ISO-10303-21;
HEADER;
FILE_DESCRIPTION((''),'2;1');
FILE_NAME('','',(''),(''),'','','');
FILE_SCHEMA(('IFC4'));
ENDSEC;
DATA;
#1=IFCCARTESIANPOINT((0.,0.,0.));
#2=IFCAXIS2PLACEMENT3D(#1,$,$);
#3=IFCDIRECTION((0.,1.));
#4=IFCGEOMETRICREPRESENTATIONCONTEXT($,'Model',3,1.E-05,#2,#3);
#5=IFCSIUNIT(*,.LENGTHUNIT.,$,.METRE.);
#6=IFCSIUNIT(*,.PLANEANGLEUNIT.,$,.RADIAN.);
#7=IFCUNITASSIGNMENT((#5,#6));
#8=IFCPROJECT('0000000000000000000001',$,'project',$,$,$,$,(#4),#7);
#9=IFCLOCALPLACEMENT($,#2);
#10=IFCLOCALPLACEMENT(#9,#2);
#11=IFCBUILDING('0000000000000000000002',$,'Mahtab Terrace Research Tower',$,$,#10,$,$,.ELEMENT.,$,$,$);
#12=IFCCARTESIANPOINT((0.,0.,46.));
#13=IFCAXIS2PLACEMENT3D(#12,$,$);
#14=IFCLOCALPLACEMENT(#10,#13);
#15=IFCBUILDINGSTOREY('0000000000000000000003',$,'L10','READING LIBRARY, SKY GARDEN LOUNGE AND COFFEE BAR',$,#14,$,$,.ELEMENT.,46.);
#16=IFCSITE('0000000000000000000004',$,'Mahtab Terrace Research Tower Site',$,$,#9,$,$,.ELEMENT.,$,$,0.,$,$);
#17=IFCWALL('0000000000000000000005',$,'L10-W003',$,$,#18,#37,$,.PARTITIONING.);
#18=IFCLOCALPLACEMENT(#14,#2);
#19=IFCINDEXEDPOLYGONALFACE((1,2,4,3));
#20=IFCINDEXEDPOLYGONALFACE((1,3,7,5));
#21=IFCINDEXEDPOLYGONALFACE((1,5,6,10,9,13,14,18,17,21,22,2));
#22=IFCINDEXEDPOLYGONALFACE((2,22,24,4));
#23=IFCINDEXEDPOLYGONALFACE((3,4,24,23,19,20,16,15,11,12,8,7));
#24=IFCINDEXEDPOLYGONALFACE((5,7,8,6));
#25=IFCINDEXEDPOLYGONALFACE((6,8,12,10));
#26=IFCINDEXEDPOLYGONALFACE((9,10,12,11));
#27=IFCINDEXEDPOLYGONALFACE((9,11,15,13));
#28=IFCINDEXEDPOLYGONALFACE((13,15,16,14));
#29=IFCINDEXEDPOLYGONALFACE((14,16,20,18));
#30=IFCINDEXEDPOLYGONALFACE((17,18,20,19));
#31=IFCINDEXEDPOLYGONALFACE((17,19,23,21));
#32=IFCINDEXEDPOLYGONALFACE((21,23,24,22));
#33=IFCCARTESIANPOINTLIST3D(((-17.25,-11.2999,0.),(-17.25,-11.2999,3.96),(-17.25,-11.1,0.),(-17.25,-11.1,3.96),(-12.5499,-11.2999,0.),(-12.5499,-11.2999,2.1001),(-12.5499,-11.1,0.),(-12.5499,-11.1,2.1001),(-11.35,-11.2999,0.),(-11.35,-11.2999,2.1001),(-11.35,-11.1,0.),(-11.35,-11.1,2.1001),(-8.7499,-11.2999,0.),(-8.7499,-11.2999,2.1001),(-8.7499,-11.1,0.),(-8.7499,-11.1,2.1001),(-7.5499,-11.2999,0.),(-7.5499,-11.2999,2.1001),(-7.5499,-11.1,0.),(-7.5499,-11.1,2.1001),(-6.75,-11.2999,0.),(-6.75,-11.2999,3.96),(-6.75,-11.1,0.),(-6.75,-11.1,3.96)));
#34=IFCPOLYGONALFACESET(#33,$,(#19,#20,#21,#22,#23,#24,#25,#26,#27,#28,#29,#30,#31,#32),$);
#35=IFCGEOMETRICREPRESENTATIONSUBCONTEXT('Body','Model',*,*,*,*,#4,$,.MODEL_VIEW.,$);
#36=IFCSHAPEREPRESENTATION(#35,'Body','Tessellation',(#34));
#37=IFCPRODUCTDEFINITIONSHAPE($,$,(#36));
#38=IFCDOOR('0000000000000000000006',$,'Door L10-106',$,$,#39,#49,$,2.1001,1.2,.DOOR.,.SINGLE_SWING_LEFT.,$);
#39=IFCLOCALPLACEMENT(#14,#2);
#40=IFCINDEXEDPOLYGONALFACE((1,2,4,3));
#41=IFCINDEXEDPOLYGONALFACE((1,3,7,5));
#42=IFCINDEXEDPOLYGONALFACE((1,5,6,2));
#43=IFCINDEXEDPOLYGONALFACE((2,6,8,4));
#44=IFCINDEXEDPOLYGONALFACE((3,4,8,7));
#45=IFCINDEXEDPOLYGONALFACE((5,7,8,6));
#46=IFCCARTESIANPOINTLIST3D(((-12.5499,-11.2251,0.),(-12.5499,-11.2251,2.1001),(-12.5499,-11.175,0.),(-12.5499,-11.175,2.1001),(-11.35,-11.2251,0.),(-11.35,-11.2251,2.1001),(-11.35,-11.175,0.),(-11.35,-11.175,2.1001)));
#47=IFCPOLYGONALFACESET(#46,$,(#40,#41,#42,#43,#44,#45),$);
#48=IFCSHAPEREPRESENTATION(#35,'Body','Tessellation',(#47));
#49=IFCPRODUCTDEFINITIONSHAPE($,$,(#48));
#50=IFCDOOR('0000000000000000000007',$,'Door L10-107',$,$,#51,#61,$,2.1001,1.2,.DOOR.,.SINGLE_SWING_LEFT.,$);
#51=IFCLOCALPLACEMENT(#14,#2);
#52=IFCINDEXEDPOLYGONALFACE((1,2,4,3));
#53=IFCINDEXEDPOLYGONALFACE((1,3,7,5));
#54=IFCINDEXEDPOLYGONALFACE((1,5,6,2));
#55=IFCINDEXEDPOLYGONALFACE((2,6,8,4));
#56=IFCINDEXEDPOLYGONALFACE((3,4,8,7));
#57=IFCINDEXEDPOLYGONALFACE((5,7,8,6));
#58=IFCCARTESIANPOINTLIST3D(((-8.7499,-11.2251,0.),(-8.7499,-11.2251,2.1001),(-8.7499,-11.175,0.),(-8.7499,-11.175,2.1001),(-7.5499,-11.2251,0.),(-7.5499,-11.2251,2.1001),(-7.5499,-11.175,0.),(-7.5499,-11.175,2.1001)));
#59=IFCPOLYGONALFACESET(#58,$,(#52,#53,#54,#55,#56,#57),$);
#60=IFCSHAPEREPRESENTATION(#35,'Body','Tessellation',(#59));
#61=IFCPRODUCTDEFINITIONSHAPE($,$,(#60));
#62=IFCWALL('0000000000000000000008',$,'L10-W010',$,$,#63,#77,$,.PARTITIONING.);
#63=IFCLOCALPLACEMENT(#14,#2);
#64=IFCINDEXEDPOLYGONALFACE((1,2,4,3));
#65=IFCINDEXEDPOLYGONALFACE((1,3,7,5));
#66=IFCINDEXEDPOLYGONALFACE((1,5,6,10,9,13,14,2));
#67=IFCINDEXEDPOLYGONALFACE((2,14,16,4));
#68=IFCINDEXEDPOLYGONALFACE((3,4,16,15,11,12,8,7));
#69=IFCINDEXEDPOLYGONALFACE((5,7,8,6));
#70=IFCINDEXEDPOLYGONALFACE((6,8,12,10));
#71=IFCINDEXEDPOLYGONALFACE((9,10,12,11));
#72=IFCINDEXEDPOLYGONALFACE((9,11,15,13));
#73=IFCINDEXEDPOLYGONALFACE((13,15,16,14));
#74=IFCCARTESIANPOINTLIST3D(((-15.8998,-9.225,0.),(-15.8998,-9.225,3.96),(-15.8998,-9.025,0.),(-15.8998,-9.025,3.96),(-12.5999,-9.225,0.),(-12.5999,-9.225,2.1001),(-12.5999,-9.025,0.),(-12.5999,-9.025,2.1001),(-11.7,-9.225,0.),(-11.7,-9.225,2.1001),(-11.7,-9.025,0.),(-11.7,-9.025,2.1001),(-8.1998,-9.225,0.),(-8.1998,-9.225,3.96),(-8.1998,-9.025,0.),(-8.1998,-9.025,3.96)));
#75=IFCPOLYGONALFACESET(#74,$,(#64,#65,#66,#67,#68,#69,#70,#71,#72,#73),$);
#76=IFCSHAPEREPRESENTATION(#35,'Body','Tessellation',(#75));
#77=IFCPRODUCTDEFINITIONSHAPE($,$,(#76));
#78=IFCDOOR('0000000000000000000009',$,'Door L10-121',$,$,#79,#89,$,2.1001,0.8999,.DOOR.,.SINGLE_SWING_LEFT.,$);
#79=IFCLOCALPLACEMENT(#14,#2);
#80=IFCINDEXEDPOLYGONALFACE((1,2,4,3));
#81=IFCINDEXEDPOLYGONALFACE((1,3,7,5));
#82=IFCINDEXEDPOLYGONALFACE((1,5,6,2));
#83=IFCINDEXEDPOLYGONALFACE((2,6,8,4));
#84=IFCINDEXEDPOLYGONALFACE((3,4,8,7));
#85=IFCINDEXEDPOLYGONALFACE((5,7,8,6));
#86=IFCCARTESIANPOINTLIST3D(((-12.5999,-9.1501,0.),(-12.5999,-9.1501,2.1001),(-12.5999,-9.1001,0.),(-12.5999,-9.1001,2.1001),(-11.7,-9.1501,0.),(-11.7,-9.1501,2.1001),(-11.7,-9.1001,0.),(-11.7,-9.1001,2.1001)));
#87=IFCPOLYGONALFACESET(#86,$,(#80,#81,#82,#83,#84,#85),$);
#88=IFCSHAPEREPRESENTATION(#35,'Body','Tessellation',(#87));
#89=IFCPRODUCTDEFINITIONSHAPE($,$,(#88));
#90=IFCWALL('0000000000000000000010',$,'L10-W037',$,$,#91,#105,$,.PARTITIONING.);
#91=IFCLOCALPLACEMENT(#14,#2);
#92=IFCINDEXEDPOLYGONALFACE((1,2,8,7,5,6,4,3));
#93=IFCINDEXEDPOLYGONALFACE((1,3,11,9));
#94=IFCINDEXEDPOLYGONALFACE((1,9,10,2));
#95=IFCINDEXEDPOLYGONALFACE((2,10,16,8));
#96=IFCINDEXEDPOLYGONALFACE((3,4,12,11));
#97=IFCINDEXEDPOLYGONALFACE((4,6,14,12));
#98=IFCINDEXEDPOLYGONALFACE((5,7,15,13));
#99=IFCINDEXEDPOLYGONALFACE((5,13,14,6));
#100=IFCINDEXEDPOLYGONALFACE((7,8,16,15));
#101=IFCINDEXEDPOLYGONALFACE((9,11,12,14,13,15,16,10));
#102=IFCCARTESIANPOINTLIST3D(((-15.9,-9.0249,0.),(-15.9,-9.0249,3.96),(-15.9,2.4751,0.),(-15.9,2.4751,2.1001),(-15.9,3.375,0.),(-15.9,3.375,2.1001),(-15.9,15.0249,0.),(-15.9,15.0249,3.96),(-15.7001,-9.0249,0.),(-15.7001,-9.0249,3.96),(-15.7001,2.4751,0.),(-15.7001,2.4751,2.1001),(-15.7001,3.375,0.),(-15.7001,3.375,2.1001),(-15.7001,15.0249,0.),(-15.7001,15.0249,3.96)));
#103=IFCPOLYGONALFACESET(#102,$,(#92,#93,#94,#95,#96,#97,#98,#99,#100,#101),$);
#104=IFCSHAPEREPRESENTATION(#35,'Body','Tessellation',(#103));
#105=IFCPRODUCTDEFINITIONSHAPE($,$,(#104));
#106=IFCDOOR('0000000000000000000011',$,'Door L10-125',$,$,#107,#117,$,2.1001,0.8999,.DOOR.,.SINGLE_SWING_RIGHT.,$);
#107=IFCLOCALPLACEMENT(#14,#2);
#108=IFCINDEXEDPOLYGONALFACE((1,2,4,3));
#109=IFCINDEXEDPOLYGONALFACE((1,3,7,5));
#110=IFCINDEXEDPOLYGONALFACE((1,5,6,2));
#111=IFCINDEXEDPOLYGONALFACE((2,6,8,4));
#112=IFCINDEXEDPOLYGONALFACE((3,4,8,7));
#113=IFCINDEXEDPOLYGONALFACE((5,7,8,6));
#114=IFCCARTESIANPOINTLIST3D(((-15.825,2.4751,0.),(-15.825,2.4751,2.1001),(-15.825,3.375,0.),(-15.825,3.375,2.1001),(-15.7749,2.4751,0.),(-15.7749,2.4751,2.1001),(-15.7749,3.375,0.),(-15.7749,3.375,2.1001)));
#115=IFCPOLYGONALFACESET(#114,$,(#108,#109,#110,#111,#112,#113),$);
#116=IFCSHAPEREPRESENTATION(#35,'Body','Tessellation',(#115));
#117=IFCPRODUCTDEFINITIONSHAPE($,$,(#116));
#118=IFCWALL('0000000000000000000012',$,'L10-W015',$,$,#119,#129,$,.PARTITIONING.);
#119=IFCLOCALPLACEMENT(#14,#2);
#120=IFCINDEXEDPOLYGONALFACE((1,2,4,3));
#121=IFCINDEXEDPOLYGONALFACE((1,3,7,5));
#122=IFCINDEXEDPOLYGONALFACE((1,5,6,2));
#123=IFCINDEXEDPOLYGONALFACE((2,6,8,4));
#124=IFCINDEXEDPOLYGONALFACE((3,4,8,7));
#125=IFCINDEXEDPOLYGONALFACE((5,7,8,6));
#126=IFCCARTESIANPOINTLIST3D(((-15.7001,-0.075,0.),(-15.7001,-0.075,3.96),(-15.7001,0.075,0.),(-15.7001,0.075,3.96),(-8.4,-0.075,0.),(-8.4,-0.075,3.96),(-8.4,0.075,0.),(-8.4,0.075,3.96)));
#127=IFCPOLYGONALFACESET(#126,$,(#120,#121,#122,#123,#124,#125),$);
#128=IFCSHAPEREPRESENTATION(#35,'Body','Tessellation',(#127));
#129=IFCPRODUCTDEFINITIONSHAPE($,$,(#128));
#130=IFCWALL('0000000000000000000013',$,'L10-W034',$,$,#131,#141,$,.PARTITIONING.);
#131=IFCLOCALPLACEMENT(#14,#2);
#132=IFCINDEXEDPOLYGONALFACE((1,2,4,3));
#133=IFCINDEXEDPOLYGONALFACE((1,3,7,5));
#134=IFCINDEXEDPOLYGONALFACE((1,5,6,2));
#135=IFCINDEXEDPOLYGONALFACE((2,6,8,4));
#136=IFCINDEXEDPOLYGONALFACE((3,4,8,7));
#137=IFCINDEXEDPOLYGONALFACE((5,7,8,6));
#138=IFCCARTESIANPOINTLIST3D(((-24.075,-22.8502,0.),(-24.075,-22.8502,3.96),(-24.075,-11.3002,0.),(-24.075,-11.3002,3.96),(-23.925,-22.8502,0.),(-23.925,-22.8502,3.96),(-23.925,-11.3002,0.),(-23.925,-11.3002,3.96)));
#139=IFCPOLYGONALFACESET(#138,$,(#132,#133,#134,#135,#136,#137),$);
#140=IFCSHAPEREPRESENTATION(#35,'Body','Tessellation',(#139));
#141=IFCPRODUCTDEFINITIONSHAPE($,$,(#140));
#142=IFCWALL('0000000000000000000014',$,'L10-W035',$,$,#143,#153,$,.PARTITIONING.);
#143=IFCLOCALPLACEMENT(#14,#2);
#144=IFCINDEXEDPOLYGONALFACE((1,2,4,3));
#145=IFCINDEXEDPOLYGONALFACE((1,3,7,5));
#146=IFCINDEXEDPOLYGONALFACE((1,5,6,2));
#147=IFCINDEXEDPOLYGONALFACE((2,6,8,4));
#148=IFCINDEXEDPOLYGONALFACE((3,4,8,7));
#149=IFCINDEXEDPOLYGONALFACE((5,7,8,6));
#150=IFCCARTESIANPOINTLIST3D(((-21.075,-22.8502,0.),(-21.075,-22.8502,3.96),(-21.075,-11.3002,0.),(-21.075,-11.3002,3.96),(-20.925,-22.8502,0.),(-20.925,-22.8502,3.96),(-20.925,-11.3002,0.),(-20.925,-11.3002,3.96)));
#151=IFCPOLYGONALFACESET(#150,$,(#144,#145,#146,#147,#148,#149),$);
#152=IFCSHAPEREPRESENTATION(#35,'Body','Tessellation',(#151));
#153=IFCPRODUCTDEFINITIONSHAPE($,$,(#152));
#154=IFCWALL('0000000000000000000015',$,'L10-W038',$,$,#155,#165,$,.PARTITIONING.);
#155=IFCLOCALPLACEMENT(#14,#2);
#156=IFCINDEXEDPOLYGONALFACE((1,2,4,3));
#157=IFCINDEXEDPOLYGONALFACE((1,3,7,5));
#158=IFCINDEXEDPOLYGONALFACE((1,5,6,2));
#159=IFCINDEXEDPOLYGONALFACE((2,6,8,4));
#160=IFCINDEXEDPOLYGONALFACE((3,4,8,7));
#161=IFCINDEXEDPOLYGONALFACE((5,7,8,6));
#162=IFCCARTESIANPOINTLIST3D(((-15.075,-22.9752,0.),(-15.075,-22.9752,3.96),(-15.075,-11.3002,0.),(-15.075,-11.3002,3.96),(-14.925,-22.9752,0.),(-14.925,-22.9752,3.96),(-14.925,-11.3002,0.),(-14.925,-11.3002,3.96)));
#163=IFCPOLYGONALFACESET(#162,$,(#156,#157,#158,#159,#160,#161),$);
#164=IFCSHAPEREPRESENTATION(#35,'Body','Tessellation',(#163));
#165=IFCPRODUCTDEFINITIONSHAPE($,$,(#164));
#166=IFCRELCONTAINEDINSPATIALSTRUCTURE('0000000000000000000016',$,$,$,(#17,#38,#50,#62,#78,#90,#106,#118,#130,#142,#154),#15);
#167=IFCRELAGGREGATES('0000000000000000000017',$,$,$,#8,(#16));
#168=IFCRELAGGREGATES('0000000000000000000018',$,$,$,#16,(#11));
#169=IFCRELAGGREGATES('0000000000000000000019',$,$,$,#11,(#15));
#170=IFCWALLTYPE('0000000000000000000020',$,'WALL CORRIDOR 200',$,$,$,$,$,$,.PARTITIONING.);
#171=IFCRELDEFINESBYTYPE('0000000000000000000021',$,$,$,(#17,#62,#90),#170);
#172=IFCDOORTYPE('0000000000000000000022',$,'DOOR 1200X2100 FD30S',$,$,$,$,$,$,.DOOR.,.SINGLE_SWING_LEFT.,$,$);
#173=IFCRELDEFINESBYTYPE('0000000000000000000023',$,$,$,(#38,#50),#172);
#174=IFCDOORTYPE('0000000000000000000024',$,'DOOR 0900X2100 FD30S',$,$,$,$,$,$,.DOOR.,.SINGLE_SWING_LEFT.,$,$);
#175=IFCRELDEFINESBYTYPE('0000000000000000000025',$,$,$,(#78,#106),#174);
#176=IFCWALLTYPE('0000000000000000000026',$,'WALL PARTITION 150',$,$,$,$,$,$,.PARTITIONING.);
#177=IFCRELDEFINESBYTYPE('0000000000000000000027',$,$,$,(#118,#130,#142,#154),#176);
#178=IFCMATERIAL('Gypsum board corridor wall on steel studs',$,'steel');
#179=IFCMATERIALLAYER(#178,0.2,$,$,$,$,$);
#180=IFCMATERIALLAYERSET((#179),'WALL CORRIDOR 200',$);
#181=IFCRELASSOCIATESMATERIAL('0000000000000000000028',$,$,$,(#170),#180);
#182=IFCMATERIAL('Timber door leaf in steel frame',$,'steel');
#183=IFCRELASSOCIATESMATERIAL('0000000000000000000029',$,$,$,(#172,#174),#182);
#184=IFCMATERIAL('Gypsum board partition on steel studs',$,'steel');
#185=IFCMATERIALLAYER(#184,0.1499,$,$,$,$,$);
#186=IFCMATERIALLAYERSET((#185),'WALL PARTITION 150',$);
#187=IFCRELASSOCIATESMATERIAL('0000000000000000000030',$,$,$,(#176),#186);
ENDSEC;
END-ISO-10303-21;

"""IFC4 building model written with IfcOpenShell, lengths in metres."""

from ifc_helpers import new_model, si_unit, direction, frame, frame_2d, origin, place, context, subcontext, project, spatial, rectangle, extrude, material, layer, layer_set, type_object, element, fill, save


model = new_model("IFC4")

# Units and contexts
model_context = context("Model", 3, precision=1e-05, world=origin(), true_north=direction((0.0, 1.0)))
body_context = subcontext(model_context, "Body", "Model", "MODEL_VIEW")
ifc_project = project(units=[si_unit("LENGTHUNIT", "METRE"), si_unit("PLANEANGLEUNIT", "RADIAN")], contexts=[model_context])

# Site, building, storey
site_placement = place(None, origin())
site = spatial("IfcSite", under=ifc_project, at=site_placement, Name="Mahtab Terrace Research Tower Site", CompositionType="ELEMENT", RefElevation=0.0)
building_placement = place(site_placement, origin())
building = spatial("IfcBuilding", under=site, at=building_placement, Name="Mahtab Terrace Research Tower", CompositionType="ELEMENT")
storey_placement = place(building_placement, frame((0.0, 0.0, 46.0)))
storey = spatial("IfcBuildingStorey", under=building, at=storey_placement, Name="L10", Description="READING LIBRARY, SKY GARDEN LOUNGE AND COFFEE BAR", CompositionType="ELEMENT", Elevation=46.0)

# Wall, openings, doors
ifc_material_1 = material(Name="Gypsum board corridor wall on steel studs", Category="steel")
ifc_layer_1 = layer(ifc_material_1, 0.2)
ifc_layer_set_1 = layer_set([ifc_layer_1], Name="WALL CORRIDOR 200")
wall_type_1 = type_object("IfcWallType", Name="WALL CORRIDOR 200", PredefinedType="PARTITIONING", material=ifc_layer_set_1)
wall_1_placement = place(storey_placement, frame((-17.25, -11.2, 0.0), z_axis=(0.0, 0.0, 1.0), x_axis=(1.0, 0.0, 0.0)))
wall_1 = element("IfcWall", 1, at=wall_1_placement, inside=storey, type_object=wall_type_1, Name="L10-W003", PredefinedType="PARTITIONING", context=body_context, shape_type="SweptSolid", body=[
    extrude(rectangle(XDim=10.5, YDim=0.2, at=frame_2d((5.25, 0.0))), origin(), (0.0, 0.0, 1.0), 3.96),
])
opening_1_placement = place(wall_1_placement, frame((4.7, 0.0, 0.0)))
opening_1 = element("IfcOpeningElement", 2, at=opening_1_placement, cuts=wall_1, PredefinedType="OPENING", context=body_context, shape_type="SweptSolid", body=[
    extrude(rectangle(XDim=1.2, YDim=2.1001, at=frame_2d((0.6001, 1.05))), frame((0.0, 0.1099, 0.0), z_axis=(0.0, -1.0, 0.0), x_axis=(1.0, 0.0, 0.0)), (0.0, 0.0, 1.0), 0.22),
])
opening_2_placement = place(wall_1_placement, frame((8.5, 0.0, 0.0)))
opening_2 = element("IfcOpeningElement", 3, at=opening_2_placement, cuts=wall_1, PredefinedType="OPENING", context=body_context, shape_type="SweptSolid", body=[
    extrude(rectangle(XDim=1.2, YDim=2.1001, at=frame_2d((0.6001, 1.05))), frame((0.0, 0.1099, 0.0), z_axis=(0.0, -1.0, 0.0), x_axis=(1.0, 0.0, 0.0)), (0.0, 0.0, 1.0), 0.22),
])
ifc_material_2 = material(Name="Timber door leaf in steel frame", Category="steel")
door_type_1 = type_object("IfcDoorType", Name="DOOR 1200X2100 FD30S", OperationType="SINGLE_SWING_LEFT", PredefinedType="DOOR", material=ifc_material_2)
door_1_placement = place(opening_1_placement, origin())
door_1 = element("IfcDoor", 4, at=door_1_placement, inside=storey, type_object=door_type_1, Name="Door L10-106", OperationType="SINGLE_SWING_LEFT", OverallHeight=2.1001, OverallWidth=1.2, PredefinedType="DOOR", context=body_context, shape_type="SweptSolid", body=[
    extrude(rectangle(XDim=1.2, YDim=2.1001, at=frame_2d((0.6001, 1.05))), frame((0.0, 0.0249, 0.0), z_axis=(0.0, -1.0, 0.0), x_axis=(1.0, 0.0, 0.0)), (0.0, 0.0, 1.0), 0.05),
])
fill(opening_1, door_1)
door_2_placement = place(opening_2_placement, origin())
door_2 = element("IfcDoor", 5, at=door_2_placement, inside=storey, type_object=door_type_1, Name="Door L10-107", OperationType="SINGLE_SWING_LEFT", OverallHeight=2.1001, OverallWidth=1.2, PredefinedType="DOOR", context=body_context, shape_type="SweptSolid", body=[
    extrude(rectangle(XDim=1.2, YDim=2.1001, at=frame_2d((0.6001, 1.05))), frame((0.0, 0.0249, 0.0), z_axis=(0.0, -1.0, 0.0), x_axis=(1.0, 0.0, 0.0)), (0.0, 0.0, 1.0), 0.05),
])
fill(opening_2, door_2)

# Walls, openings, doors
wall_2_placement = place(storey_placement, frame((-15.8999, -9.125, 0.0), z_axis=(0.0, 0.0, 1.0), x_axis=(1.0, 0.0, 0.0)))
wall_2 = element("IfcWall", 6, at=wall_2_placement, inside=storey, type_object=wall_type_1, Name="L10-W010", PredefinedType="PARTITIONING", context=body_context, shape_type="SweptSolid", body=[
    extrude(rectangle(XDim=7.7, YDim=0.2, at=frame_2d((3.8501, 0.0))), origin(), (0.0, 0.0, 1.0), 3.96),
])
opening_3_placement = place(wall_2_placement, frame((3.3, 0.0, 0.0)))
opening_3 = element("IfcOpeningElement", 7, at=opening_3_placement, cuts=wall_2, PredefinedType="OPENING", context=body_context, shape_type="SweptSolid", body=[
    extrude(rectangle(XDim=0.8999, YDim=2.1001, at=frame_2d((0.45, 1.05))), frame((0.0, 0.1099, 0.0), z_axis=(0.0, -1.0, 0.0), x_axis=(1.0, 0.0, 0.0)), (0.0, 0.0, 1.0), 0.22),
])
door_type_2 = type_object("IfcDoorType", Name="DOOR 0900X2100 FD30S", OperationType="SINGLE_SWING_LEFT", PredefinedType="DOOR", material=ifc_material_2)
door_3_placement = place(opening_3_placement, origin())
door_3 = element("IfcDoor", 8, at=door_3_placement, inside=storey, type_object=door_type_2, Name="Door L10-121", OperationType="SINGLE_SWING_LEFT", OverallHeight=2.1001, OverallWidth=0.8999, PredefinedType="DOOR", context=body_context, shape_type="SweptSolid", body=[
    extrude(rectangle(XDim=0.8999, YDim=2.1001, at=frame_2d((0.45, 1.05))), frame((0.0, 0.0249, 0.0), z_axis=(0.0, -1.0, 0.0), x_axis=(1.0, 0.0, 0.0)), (0.0, 0.0, 1.0), 0.05),
])
fill(opening_3, door_3)
wall_3_placement = place(storey_placement, frame((-15.8, -9.0249, 0.0), z_axis=(0.0, 0.0, 1.0), x_axis=(0.0, 1.0, 0.0)))
wall_3 = element("IfcWall", 9, at=wall_3_placement, inside=storey, type_object=wall_type_1, Name="L10-W037", PredefinedType="PARTITIONING", context=body_context, shape_type="SweptSolid", body=[
    extrude(rectangle(XDim=24.0498, YDim=0.2, at=frame_2d((12.0249, 0.0))), origin(), (0.0, 0.0, 1.0), 3.96),
])
opening_4_placement = place(wall_3_placement, frame((11.5, 0.0, 0.0)))
opening_4 = element("IfcOpeningElement", 10, at=opening_4_placement, cuts=wall_3, PredefinedType="OPENING", context=body_context, shape_type="SweptSolid", body=[
    extrude(rectangle(XDim=0.8999, YDim=2.1001, at=frame_2d((0.45, 1.05))), frame((0.0, 0.1099, 0.0), z_axis=(0.0, -1.0, 0.0), x_axis=(1.0, 0.0, 0.0)), (0.0, 0.0, 1.0), 0.22),
])
door_4_placement = place(opening_4_placement, origin())
door_4 = element("IfcDoor", 11, at=door_4_placement, inside=storey, type_object=door_type_2, Name="Door L10-125", OperationType="SINGLE_SWING_RIGHT", OverallHeight=2.1001, OverallWidth=0.8999, PredefinedType="DOOR", context=body_context, shape_type="SweptSolid", body=[
    extrude(rectangle(XDim=0.8999, YDim=2.1001, at=frame_2d((0.45, 1.05))), frame((0.0, 0.0249, 0.0), z_axis=(0.0, -1.0, 0.0), x_axis=(1.0, 0.0, 0.0)), (0.0, 0.0, 1.0), 0.05),
])
fill(opening_4, door_4)

# Walls
ifc_material_3 = material(Name="Gypsum board partition on steel studs", Category="steel")
ifc_layer_2 = layer(ifc_material_3, 0.1499)
ifc_layer_set_2 = layer_set([ifc_layer_2], Name="WALL PARTITION 150")
wall_type_2 = type_object("IfcWallType", Name="WALL PARTITION 150", PredefinedType="PARTITIONING", material=ifc_layer_set_2)
wall_4_placement = place(storey_placement, frame((-15.7, 0.0, 0.0), z_axis=(0.0, 0.0, 1.0), x_axis=(1.0, 0.0, 0.0)))
element("IfcWall", 12, at=wall_4_placement, inside=storey, type_object=wall_type_2, Name="L10-W015", PredefinedType="PARTITIONING", context=body_context, shape_type="SweptSolid", body=[
    extrude(rectangle(XDim=7.3, YDim=0.1499, at=frame_2d((3.6499, 0.0))), origin(), (0.0, 0.0, 1.0), 3.96),
])
for number, where, z_axis, x_axis, name in (
    (13, (-24.0, -22.8501, 0.0), (0.0, 0.0, 1.0), (0.0, 1.0, 0.0), "L10-W034"),
    (14, (-21.0, -22.8501, 0.0), (0.0, 0.0, 1.0), (0.0, 1.0, 0.0), "L10-W035"),
):
    element("IfcWall", number, at=place(storey_placement, frame(where, z_axis=z_axis, x_axis=x_axis)), inside=storey, type_object=wall_type_2, Name=name, PredefinedType="PARTITIONING", context=body_context, shape_type="SweptSolid", body=[
        extrude(rectangle(XDim=11.55, YDim=0.1499, at=frame_2d((5.7749, 0.0))), origin(), (0.0, 0.0, 1.0), 3.96),
    ])
wall_5_placement = place(storey_placement, frame((-15.0, -22.9751, 0.0), z_axis=(0.0, 0.0, 1.0), x_axis=(0.0, 1.0, 0.0)))
element("IfcWall", 15, at=wall_5_placement, inside=storey, type_object=wall_type_2, Name="L10-W038", PredefinedType="PARTITIONING", context=body_context, shape_type="SweptSolid", body=[
    extrude(rectangle(XDim=11.675, YDim=0.1499, at=frame_2d((5.8374, 0.0))), origin(), (0.0, 0.0, 1.0), 3.96),
])

save(model, "model.ifc")
